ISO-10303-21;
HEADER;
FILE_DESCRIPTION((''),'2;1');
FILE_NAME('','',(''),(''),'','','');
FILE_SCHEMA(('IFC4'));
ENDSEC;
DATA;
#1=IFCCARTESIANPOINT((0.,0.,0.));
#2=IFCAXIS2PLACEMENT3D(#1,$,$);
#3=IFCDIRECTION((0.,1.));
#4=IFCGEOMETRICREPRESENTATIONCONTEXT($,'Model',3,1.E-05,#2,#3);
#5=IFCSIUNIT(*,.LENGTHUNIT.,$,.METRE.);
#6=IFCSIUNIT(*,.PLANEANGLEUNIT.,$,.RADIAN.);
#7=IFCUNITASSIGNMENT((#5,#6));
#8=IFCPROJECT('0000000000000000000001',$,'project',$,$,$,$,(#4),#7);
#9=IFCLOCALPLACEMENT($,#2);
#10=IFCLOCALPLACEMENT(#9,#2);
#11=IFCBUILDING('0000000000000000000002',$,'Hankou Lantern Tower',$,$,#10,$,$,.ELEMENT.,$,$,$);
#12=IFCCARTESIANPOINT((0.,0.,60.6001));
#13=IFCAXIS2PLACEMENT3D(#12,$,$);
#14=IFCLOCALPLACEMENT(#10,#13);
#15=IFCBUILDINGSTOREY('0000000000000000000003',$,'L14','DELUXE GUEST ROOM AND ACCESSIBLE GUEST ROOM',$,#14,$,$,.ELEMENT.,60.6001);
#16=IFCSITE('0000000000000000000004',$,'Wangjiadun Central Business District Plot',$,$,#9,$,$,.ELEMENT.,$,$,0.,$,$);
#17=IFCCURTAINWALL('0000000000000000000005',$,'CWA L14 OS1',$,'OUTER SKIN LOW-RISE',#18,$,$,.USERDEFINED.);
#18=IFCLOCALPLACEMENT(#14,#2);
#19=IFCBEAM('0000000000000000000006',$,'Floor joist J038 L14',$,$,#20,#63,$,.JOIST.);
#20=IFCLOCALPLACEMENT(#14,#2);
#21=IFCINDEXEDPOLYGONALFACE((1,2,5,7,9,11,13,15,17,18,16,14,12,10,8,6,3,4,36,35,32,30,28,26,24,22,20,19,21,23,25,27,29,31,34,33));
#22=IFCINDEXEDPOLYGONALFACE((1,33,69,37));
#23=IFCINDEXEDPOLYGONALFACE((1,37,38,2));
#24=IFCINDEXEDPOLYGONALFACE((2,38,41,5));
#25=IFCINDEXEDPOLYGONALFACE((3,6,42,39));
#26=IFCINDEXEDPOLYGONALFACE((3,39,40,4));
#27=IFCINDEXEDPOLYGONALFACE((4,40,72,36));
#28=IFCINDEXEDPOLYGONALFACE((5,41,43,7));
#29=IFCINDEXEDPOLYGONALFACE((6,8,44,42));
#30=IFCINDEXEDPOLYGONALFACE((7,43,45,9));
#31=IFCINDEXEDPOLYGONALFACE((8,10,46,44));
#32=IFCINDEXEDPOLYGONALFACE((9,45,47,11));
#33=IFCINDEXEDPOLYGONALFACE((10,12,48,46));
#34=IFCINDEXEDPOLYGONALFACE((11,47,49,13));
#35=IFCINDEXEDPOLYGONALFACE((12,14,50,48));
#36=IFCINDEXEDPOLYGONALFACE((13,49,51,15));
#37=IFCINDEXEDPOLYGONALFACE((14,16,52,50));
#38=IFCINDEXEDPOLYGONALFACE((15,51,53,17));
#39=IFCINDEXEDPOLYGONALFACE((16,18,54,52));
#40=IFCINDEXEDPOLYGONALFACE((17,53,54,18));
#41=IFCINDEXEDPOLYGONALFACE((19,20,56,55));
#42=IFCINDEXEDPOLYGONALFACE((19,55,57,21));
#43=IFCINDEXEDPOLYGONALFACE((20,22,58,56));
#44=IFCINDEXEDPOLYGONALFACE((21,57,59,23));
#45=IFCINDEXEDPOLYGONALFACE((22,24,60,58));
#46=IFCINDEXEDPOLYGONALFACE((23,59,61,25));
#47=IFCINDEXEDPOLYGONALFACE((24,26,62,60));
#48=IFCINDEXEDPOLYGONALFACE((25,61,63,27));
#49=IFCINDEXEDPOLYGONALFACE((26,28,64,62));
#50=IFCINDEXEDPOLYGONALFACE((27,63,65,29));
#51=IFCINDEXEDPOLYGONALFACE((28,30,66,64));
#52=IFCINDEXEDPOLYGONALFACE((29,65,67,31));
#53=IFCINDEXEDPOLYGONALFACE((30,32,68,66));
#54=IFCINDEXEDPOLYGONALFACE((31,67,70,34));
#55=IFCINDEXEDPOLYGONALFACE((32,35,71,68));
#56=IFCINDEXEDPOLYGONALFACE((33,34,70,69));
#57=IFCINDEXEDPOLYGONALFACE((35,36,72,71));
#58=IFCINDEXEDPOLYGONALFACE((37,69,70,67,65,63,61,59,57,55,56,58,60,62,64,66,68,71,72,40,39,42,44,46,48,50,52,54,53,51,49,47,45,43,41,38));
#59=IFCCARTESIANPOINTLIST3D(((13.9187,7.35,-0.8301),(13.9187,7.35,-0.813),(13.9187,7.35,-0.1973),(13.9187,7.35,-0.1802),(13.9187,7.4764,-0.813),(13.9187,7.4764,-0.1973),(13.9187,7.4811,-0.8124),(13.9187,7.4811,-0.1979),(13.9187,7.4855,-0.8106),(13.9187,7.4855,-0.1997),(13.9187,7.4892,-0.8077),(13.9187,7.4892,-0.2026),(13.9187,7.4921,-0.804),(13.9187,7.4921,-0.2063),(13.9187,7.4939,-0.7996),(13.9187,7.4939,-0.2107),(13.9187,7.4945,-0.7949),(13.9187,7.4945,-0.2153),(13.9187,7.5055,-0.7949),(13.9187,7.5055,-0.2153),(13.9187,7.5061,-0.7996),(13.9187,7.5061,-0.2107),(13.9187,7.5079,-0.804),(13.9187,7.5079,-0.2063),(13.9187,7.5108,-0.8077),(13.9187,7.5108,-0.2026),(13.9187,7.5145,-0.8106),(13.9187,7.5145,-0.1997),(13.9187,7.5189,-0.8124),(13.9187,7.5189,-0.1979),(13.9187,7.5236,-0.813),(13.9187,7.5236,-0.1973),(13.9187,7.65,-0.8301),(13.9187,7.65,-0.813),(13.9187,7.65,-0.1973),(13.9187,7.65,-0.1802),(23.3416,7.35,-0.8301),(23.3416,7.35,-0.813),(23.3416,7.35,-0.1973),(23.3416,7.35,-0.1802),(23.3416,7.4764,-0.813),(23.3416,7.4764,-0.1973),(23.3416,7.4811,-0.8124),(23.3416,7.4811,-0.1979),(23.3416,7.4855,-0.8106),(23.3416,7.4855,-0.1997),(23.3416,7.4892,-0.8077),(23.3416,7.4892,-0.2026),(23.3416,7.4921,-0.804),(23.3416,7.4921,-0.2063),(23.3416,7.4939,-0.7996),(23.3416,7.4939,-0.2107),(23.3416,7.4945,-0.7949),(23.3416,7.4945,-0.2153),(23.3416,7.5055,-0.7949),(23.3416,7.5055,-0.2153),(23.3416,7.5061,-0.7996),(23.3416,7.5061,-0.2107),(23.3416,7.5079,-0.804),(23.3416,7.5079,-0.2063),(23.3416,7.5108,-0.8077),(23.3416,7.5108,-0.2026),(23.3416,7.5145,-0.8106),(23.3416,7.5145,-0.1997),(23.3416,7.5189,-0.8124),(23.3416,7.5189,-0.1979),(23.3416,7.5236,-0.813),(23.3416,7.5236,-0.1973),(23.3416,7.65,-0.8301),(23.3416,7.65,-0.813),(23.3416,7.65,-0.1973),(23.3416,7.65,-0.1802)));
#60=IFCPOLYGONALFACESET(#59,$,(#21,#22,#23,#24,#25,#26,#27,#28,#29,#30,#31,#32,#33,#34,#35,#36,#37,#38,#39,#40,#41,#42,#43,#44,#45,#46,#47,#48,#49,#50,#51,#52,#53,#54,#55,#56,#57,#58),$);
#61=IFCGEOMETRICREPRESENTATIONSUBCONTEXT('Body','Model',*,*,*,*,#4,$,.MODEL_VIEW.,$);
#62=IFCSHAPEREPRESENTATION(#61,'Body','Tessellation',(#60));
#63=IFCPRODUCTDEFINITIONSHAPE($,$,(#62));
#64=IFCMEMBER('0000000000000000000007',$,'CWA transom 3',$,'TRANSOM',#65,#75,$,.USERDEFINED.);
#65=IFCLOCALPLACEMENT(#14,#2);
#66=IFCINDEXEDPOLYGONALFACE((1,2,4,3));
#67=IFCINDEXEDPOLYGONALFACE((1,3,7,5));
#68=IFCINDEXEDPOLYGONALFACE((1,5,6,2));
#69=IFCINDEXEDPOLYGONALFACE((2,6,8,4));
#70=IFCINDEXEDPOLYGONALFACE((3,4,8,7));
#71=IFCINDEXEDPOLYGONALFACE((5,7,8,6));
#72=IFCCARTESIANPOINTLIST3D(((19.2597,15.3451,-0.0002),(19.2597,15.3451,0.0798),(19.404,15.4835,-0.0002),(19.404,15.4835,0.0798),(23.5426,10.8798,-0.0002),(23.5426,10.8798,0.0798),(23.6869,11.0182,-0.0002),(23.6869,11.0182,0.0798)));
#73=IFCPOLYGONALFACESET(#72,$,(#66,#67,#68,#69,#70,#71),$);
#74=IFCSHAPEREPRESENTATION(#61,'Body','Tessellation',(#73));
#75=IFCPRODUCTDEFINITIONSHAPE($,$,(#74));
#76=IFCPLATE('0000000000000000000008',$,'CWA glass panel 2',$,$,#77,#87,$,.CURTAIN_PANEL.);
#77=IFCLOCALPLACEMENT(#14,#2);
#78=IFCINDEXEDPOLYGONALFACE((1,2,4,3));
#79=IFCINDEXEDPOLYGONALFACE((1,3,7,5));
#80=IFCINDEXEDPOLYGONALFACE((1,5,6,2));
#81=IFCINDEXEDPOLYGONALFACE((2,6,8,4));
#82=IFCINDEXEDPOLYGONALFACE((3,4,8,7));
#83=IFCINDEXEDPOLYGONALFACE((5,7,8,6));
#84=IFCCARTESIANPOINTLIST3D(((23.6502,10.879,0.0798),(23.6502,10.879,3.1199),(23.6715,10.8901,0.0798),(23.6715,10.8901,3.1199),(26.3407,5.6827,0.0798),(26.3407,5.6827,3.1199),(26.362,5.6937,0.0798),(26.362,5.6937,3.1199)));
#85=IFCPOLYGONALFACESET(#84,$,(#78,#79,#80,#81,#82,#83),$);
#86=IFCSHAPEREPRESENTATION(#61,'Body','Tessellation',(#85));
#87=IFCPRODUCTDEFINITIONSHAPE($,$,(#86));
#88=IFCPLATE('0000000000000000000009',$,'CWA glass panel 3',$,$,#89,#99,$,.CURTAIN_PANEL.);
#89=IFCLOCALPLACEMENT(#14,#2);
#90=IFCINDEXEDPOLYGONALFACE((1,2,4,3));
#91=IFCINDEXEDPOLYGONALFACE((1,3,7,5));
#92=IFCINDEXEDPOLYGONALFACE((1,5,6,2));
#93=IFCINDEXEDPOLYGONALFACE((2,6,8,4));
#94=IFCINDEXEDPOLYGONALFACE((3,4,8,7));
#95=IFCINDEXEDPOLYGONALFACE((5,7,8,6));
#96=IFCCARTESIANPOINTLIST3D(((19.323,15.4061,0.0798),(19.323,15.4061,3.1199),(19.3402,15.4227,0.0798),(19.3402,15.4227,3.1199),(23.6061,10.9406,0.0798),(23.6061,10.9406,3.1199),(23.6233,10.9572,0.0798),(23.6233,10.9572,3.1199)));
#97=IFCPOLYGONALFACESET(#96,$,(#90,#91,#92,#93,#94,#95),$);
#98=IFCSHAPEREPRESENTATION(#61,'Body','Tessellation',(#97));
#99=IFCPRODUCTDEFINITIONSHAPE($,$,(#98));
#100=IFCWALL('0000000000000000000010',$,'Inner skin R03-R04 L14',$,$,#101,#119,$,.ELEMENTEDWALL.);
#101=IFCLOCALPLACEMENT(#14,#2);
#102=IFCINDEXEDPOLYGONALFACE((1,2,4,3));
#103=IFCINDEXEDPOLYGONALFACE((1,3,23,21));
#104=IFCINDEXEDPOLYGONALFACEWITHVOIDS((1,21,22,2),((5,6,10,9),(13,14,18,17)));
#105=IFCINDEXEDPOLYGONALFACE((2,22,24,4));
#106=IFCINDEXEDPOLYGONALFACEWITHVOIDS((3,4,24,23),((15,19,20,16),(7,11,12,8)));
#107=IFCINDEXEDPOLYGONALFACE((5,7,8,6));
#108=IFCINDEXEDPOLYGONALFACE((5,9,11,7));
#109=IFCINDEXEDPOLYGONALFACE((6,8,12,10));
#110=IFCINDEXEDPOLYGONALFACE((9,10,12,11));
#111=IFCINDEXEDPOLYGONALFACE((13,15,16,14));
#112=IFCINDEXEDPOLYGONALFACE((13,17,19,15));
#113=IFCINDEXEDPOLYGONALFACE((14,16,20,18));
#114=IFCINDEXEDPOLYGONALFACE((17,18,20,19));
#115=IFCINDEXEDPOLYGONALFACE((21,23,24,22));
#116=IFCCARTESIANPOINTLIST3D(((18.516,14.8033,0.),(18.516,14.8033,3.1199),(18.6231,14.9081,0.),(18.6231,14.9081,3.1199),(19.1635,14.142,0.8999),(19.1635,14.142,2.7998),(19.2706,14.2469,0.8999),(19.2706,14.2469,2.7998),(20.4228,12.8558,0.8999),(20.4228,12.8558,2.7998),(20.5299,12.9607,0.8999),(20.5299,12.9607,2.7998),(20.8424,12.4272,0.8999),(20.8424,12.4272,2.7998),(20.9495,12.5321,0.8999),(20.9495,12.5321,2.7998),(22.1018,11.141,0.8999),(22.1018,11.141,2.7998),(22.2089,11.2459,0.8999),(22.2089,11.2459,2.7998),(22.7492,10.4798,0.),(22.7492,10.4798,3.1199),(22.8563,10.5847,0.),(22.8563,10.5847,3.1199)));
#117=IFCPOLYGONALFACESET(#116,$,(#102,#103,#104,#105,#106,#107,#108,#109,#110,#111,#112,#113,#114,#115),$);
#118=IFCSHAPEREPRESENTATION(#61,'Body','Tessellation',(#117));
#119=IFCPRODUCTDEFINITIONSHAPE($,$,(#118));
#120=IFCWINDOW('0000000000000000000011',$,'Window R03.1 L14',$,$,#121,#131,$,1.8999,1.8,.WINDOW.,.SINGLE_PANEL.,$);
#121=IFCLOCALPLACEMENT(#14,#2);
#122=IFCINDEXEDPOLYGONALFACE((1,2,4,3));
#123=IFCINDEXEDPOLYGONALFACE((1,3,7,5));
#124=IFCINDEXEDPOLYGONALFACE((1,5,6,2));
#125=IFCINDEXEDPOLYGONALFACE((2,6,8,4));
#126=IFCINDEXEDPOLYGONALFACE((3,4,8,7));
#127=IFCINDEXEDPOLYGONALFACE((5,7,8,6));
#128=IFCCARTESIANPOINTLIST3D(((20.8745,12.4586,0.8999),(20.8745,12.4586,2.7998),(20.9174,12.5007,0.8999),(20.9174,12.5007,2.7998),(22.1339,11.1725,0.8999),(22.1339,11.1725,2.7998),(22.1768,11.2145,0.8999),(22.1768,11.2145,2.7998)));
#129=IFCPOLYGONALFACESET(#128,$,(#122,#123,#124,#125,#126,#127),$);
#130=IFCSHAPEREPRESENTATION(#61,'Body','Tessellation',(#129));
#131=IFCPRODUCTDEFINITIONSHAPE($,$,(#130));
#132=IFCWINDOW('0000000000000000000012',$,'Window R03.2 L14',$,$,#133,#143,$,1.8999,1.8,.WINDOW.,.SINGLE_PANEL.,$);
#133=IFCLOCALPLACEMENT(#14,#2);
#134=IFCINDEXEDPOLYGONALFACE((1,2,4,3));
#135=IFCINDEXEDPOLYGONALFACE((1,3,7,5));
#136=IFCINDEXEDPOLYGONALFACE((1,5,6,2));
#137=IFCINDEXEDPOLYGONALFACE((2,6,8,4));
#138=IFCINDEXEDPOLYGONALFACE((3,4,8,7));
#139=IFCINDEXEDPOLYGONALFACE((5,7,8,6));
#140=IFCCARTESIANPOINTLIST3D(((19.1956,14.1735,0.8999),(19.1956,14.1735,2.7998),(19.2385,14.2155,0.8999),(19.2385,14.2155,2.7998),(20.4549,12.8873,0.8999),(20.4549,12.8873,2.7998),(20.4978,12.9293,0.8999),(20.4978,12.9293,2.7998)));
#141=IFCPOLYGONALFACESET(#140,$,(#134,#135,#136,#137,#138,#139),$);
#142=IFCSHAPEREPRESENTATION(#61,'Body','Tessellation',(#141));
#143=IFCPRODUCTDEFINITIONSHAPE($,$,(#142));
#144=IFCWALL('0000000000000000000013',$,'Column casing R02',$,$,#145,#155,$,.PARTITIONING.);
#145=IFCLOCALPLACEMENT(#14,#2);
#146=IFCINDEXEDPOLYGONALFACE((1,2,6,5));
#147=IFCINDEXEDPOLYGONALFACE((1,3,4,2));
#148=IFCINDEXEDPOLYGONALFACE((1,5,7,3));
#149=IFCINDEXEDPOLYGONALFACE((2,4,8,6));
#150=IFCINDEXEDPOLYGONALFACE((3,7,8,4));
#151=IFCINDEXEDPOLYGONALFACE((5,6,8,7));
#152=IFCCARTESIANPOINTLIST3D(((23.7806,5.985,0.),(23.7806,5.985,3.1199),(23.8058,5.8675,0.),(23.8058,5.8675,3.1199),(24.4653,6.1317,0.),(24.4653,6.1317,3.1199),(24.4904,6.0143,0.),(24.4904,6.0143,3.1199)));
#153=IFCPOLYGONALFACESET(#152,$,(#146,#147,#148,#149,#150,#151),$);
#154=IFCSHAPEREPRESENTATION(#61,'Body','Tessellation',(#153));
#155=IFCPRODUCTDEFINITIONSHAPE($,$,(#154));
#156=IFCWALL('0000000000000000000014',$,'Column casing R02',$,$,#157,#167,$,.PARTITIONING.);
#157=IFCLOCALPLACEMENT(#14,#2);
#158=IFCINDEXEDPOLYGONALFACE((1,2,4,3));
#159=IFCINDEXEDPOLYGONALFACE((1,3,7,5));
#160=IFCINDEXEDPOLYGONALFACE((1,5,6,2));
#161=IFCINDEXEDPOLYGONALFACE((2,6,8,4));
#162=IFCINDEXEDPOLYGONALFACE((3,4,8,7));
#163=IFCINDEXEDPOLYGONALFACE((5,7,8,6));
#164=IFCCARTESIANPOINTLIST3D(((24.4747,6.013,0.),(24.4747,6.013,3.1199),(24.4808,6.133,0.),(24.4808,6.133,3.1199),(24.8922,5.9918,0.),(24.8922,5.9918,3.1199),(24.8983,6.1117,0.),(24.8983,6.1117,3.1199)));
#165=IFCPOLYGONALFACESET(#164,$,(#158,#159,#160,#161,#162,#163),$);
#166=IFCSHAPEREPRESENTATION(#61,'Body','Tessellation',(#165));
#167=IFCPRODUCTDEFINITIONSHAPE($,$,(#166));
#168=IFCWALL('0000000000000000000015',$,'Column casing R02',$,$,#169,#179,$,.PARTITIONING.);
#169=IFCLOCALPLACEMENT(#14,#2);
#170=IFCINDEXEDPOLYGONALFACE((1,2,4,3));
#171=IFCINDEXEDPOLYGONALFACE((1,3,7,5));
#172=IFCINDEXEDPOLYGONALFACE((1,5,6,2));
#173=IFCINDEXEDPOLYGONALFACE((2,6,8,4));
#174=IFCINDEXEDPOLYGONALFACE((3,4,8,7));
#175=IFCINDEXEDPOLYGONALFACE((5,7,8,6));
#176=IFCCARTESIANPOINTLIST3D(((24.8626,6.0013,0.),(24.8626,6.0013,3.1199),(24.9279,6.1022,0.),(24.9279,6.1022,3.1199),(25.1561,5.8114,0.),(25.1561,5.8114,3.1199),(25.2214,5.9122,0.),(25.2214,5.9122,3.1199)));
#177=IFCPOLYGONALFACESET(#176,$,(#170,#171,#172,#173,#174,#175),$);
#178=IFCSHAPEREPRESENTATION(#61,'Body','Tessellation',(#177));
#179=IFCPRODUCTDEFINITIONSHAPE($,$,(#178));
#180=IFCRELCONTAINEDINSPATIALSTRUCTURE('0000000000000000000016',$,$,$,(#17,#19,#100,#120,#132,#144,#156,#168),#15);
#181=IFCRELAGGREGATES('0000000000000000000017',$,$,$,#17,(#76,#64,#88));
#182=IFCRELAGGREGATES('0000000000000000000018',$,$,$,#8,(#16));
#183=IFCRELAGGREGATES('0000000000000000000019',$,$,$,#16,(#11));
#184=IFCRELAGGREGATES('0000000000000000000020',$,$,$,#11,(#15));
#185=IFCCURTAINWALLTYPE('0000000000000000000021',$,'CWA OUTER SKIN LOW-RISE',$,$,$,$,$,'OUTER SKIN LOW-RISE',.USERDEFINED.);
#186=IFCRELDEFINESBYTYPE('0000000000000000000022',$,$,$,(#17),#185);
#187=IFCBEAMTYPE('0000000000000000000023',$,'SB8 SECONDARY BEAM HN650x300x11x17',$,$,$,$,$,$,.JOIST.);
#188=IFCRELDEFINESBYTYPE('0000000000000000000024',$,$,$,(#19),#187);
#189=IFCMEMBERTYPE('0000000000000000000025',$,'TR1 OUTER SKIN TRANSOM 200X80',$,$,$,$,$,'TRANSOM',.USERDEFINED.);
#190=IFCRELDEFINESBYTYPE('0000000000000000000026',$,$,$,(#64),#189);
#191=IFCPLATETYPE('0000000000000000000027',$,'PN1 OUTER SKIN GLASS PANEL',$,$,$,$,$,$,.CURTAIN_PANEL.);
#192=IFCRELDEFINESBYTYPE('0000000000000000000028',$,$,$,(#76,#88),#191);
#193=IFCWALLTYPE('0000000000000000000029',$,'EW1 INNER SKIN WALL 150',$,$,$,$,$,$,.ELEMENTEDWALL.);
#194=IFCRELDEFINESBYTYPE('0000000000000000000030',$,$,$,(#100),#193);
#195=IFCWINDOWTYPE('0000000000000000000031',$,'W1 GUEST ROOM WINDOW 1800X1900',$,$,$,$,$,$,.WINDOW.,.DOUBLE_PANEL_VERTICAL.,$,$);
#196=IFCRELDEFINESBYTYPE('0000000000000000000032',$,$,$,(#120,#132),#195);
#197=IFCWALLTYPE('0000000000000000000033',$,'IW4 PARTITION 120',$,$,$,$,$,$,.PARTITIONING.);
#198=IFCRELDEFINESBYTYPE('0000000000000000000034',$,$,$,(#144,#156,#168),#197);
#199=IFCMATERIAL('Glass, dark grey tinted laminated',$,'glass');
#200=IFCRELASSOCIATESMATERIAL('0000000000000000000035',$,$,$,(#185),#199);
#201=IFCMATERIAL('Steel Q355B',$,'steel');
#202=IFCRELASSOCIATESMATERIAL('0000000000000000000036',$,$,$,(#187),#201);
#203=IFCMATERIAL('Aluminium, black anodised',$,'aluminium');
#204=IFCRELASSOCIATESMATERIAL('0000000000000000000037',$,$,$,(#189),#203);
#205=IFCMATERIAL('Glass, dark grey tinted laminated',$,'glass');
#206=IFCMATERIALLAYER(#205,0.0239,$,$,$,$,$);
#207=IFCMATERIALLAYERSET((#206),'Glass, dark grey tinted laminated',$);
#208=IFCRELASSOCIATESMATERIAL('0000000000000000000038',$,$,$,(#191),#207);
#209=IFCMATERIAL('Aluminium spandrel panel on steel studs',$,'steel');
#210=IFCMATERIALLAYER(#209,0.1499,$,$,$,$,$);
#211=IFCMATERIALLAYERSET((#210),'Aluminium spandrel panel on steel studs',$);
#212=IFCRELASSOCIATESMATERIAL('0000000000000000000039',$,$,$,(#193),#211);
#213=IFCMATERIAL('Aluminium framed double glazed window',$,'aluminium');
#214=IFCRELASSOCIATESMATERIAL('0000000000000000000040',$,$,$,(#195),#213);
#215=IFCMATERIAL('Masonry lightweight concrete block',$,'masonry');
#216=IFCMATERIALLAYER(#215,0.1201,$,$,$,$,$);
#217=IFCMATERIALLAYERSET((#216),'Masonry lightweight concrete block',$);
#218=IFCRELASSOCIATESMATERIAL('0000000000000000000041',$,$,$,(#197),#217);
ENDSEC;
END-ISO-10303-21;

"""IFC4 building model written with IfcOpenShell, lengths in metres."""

from ifc_helpers import new_model, si_unit, direction, frame, frame_2d, origin, origin_2d, place, context, subcontext, project, spatial, rectangle, i_section, extrude, material, layer, layer_set, material_profile, profile_set, type_object, element, fill, aggregate, save


model = new_model("IFC4")

# Units and contexts
model_context = context("Model", 3, precision=1e-05, world=origin(), true_north=direction((0.0, 1.0)))
body_context = subcontext(model_context, "Body", "Model", "MODEL_VIEW")
ifc_project = project(units=[si_unit("LENGTHUNIT", "METRE"), si_unit("PLANEANGLEUNIT", "RADIAN")], contexts=[model_context])

# Site, building, storey
site_placement = place(None, origin())
site = spatial("IfcSite", under=ifc_project, at=site_placement, Name="Wangjiadun Central Business District Plot", CompositionType="ELEMENT", RefElevation=0.0)
building_placement = place(site_placement, origin())
building = spatial("IfcBuilding", under=site, at=building_placement, Name="Hankou Lantern Tower", CompositionType="ELEMENT")
storey_placement = place(building_placement, frame((0.0, 0.0, 60.6001)))
storey = spatial("IfcBuildingStorey", under=building, at=storey_placement, Name="L14", Description="DELUXE GUEST ROOM AND ACCESSIBLE GUEST ROOM", CompositionType="ELEMENT", Elevation=60.6001)

# Curtain wall
ifc_material_1 = material(Name="Glass, dark grey tinted laminated", Category="glass")
curtain_wall_type = type_object("IfcCurtainWallType", Name="CWA OUTER SKIN LOW-RISE", ElementType="OUTER SKIN LOW-RISE", PredefinedType="USERDEFINED", material=ifc_material_1)
curtain_wall_placement = place(storey_placement, origin())
curtain_wall = element("IfcCurtainWall", 1, at=curtain_wall_placement, inside=storey, type_object=curtain_wall_type, Name="CWA L14 OS1", ObjectType="OUTER SKIN LOW-RISE", PredefinedType="USERDEFINED")

# Beam
ifc_material_2 = material(Name="Steel Q355B", Category="steel")
ifc_material_profile_1 = material_profile(ifc_material_2, i_section(OverallWidth=0.3, OverallDepth=0.6499, WebThickness=0.011, FlangeThickness=0.0171, FilletRadius=0.0181, at=origin_2d()), Name="HN650x300x11x17")
ifc_profile_set_1 = profile_set([ifc_material_profile_1], Name="Steel Q355B")
beam_type_1 = type_object("IfcBeamType", Name="SB8 SECONDARY BEAM HN650x300x11x17", PredefinedType="JOIST", material=ifc_profile_set_1)
beam_1_placement = place(storey_placement, frame((13.9187, 7.5, -0.5051), z_axis=(1.0, 0.0, 0.0), x_axis=(0.0, 1.0, 0.0)))
element("IfcBeam", 2, at=beam_1_placement, inside=storey, type_object=beam_type_1, Name="Floor joist J038 L14", PredefinedType="JOIST", context=body_context, shape_type="SweptSolid", body=[
    extrude(i_section(OverallWidth=0.3, OverallDepth=0.6499, WebThickness=0.011, FlangeThickness=0.0171, FilletRadius=0.0181, at=origin_2d()), origin(), (0.0, 0.0, 1.0), 9.4229),
])

# Member
ifc_material_3 = material(Name="Aluminium, black anodised", Category="aluminium")
ifc_material_profile_2 = material_profile(ifc_material_3, rectangle(XDim=0.2, YDim=0.0801, at=origin_2d()), Name="TR1 200X80")
ifc_profile_set_2 = profile_set([ifc_material_profile_2], Name="Aluminium, black anodised")
member_type_1 = type_object("IfcMemberType", Name="TR1 OUTER SKIN TRANSOM 200X80", ElementType="TRANSOM", PredefinedType="USERDEFINED", material=ifc_profile_set_2)
member_1_placement = place(storey_placement, frame((23.6147, 10.949, 0.0398), z_axis=(-0.692216, 0.721691, 0.0), x_axis=(-0.721691, -0.692216, 0.0)))
member_1 = element("IfcMember", 3, at=member_1_placement, type_object=member_type_1, Name="CWA transom 3", ObjectType="TRANSOM", PredefinedType="USERDEFINED", context=body_context, shape_type="SweptSolid", body=[
    extrude(rectangle(XDim=0.2, YDim=0.0801, at=origin_2d()), origin(), (0.0, 0.0, 1.0), 6.1873),
])

# Plates
ifc_material_4 = material(Name="Glass, dark grey tinted laminated", Category="glass")
ifc_layer_1 = layer(ifc_material_4, 0.0239)
ifc_layer_set_1 = layer_set([ifc_layer_1], Name="Glass, dark grey tinted laminated")
plate_type = type_object("IfcPlateType", Name="PN1 OUTER SKIN GLASS PANEL", PredefinedType="CURTAIN_PANEL", material=ifc_layer_set_1)
plate_1_placement = place(storey_placement, frame((25.0061, 8.2864, 0.0798), z_axis=(0.0, 0.0, 1.0), x_axis=(-0.459791, 0.888027, 0.0)))
plate_1 = element("IfcPlate", 4, at=plate_1_placement, type_object=plate_type, Name="CWA glass panel 2", PredefinedType="CURTAIN_PANEL", context=body_context, shape_type="SweptSolid", body=[
    extrude(rectangle(XDim=5.8516, YDim=0.0239, at=origin_2d()), origin(), (0.0, 0.0, 1.0), 3.04),
])
plate_2_placement = place(storey_placement, frame((21.4731, 13.1816, 0.0798), z_axis=(0.0, 0.0, 1.0), x_axis=(-0.692216, 0.721691, 0.0)))
plate_2 = element("IfcPlate", 5, at=plate_2_placement, type_object=plate_type, Name="CWA glass panel 3", PredefinedType="CURTAIN_PANEL", context=body_context, shape_type="SweptSolid", body=[
    extrude(rectangle(XDim=6.1875, YDim=0.0239, at=origin_2d()), origin(), (0.0, 0.0, 1.0), 3.04),
])
aggregate(curtain_wall, [plate_1, member_1, plate_2])

# Wall, openings, windows
ifc_material_5 = material(Name="Aluminium spandrel panel on steel studs", Category="steel")
ifc_layer_2 = layer(ifc_material_5, 0.1499)
ifc_layer_set_2 = layer_set([ifc_layer_2], Name="Aluminium spandrel panel on steel studs")
wall_type_1 = type_object("IfcWallType", Name="EW1 INNER SKIN WALL 150", PredefinedType="ELEMENTEDWALL", material=ifc_layer_set_2)
wall_1_placement = place(storey_placement, frame((22.8027, 10.5322, 0.0), z_axis=(0.0, 0.0, 1.0), x_axis=(-0.699603, 0.714532, 0.0)))
wall_1 = element("IfcWall", 6, at=wall_1_placement, inside=storey, type_object=wall_type_1, Name="Inner skin R03-R04 L14", PredefinedType="ELEMENTEDWALL", context=body_context, shape_type="SweptSolid", body=[
    extrude(rectangle(XDim=6.0508, YDim=0.1499, at=frame_2d((3.0254, 0.0))), origin(), (0.0, 0.0, 1.0), 3.1199),
])
opening_1_placement = place(wall_1_placement, frame((0.9255, 0.0, 0.8999)))
opening_1 = element("IfcOpeningElement", 7, at=opening_1_placement, cuts=wall_1, PredefinedType="OPENING", context=body_context, shape_type="SweptSolid", body=[
    extrude(rectangle(XDim=1.8, YDim=1.8999, at=frame_2d((0.8999, 0.95))), frame((0.0, 0.085, 0.0), z_axis=(0.0, -1.0, 0.0), x_axis=(1.0, 0.0, 0.0)), (0.0, 0.0, 1.0), 0.1699),
])
opening_2_placement = place(wall_1_placement, frame((3.3254, 0.0, 0.8999)))
opening_2 = element("IfcOpeningElement", 8, at=opening_2_placement, cuts=wall_1, PredefinedType="OPENING", context=body_context, shape_type="SweptSolid", body=[
    extrude(rectangle(XDim=1.8, YDim=1.8999, at=frame_2d((0.8999, 0.95))), frame((0.0, 0.085, 0.0), z_axis=(0.0, -1.0, 0.0), x_axis=(1.0, 0.0, 0.0)), (0.0, 0.0, 1.0), 0.1699),
])
ifc_material_6 = material(Name="Aluminium framed double glazed window", Category="aluminium")
window_type = type_object("IfcWindowType", Name="W1 GUEST ROOM WINDOW 1800X1900", PartitioningType="DOUBLE_PANEL_VERTICAL", PredefinedType="WINDOW", material=ifc_material_6)
window_1_placement = place(opening_1_placement, origin())
window_1 = element("IfcWindow", 9, at=window_1_placement, inside=storey, type_object=window_type, Name="Window R03.1 L14", OverallHeight=1.8999, OverallWidth=1.8, PartitioningType="SINGLE_PANEL", PredefinedType="WINDOW", context=body_context, shape_type="SweptSolid", body=[
    extrude(rectangle(XDim=1.8, YDim=1.8999, at=frame_2d((0.8999, 0.95))), frame((0.0, 0.03, 0.0), z_axis=(0.0, -1.0, 0.0), x_axis=(1.0, 0.0, 0.0)), (0.0, 0.0, 1.0), 0.0601),
])
fill(opening_1, window_1)
window_2_placement = place(opening_2_placement, origin())
window_2 = element("IfcWindow", 10, at=window_2_placement, inside=storey, type_object=window_type, Name="Window R03.2 L14", OverallHeight=1.8999, OverallWidth=1.8, PartitioningType="SINGLE_PANEL", PredefinedType="WINDOW", context=body_context, shape_type="SweptSolid", body=[
    extrude(rectangle(XDim=1.8, YDim=1.8999, at=frame_2d((0.8999, 0.95))), frame((0.0, 0.03, 0.0), z_axis=(0.0, -1.0, 0.0), x_axis=(1.0, 0.0, 0.0)), (0.0, 0.0, 1.0), 0.0601),
])
fill(opening_2, window_2)

# Walls
ifc_material_7 = material(Name="Masonry lightweight concrete block", Category="masonry")
ifc_layer_3 = layer(ifc_material_7, 0.1201)
ifc_layer_set_3 = layer_set([ifc_layer_3], Name="Masonry lightweight concrete block")
wall_type_2 = type_object("IfcWallType", Name="IW4 PARTITION 120", PredefinedType="PARTITIONING", material=ifc_layer_set_3)
wall_2_placement = place(storey_placement, frame((23.7932, 5.9263, 0.0), z_axis=(0.0, 0.0, 1.0), x_axis=(0.977792, 0.209577, 0.0)))
element("IfcWall", 11, at=wall_2_placement, inside=storey, type_object=wall_type_2, Name="Column casing R02", PredefinedType="PARTITIONING", context=body_context, shape_type="SweptSolid", body=[
    extrude(rectangle(XDim=0.7002, YDim=0.1201, at=frame_2d((0.3501, 0.0))), origin(), (0.0, 0.0, 1.0), 3.1199),
])
wall_3_placement = place(storey_placement, frame((24.4778, 6.073, 0.0), z_axis=(0.0, 0.0, 1.0), x_axis=(0.998708, -0.050811, 0.0)))
element("IfcWall", 12, at=wall_3_placement, inside=storey, type_object=wall_type_2, Name="Column casing R02", PredefinedType="PARTITIONING", context=body_context, shape_type="SweptSolid", body=[
    extrude(rectangle(XDim=0.418, YDim=0.1201, at=frame_2d((0.209, 0.0))), origin(), (0.0, 0.0, 1.0), 3.1199),
])
wall_4_placement = place(storey_placement, frame((24.8953, 6.0518, 0.0), z_axis=(0.0, 0.0, 1.0), x_axis=(0.839495, -0.543367, 0.0)))
element("IfcWall", 13, at=wall_4_placement, inside=storey, type_object=wall_type_2, Name="Column casing R02", PredefinedType="PARTITIONING", context=body_context, shape_type="SweptSolid", body=[
    extrude(rectangle(XDim=0.3496, YDim=0.1201, at=frame_2d((0.1748, 0.0))), origin(), (0.0, 0.0, 1.0), 3.1199),
])

save(model, "model.ifc")
